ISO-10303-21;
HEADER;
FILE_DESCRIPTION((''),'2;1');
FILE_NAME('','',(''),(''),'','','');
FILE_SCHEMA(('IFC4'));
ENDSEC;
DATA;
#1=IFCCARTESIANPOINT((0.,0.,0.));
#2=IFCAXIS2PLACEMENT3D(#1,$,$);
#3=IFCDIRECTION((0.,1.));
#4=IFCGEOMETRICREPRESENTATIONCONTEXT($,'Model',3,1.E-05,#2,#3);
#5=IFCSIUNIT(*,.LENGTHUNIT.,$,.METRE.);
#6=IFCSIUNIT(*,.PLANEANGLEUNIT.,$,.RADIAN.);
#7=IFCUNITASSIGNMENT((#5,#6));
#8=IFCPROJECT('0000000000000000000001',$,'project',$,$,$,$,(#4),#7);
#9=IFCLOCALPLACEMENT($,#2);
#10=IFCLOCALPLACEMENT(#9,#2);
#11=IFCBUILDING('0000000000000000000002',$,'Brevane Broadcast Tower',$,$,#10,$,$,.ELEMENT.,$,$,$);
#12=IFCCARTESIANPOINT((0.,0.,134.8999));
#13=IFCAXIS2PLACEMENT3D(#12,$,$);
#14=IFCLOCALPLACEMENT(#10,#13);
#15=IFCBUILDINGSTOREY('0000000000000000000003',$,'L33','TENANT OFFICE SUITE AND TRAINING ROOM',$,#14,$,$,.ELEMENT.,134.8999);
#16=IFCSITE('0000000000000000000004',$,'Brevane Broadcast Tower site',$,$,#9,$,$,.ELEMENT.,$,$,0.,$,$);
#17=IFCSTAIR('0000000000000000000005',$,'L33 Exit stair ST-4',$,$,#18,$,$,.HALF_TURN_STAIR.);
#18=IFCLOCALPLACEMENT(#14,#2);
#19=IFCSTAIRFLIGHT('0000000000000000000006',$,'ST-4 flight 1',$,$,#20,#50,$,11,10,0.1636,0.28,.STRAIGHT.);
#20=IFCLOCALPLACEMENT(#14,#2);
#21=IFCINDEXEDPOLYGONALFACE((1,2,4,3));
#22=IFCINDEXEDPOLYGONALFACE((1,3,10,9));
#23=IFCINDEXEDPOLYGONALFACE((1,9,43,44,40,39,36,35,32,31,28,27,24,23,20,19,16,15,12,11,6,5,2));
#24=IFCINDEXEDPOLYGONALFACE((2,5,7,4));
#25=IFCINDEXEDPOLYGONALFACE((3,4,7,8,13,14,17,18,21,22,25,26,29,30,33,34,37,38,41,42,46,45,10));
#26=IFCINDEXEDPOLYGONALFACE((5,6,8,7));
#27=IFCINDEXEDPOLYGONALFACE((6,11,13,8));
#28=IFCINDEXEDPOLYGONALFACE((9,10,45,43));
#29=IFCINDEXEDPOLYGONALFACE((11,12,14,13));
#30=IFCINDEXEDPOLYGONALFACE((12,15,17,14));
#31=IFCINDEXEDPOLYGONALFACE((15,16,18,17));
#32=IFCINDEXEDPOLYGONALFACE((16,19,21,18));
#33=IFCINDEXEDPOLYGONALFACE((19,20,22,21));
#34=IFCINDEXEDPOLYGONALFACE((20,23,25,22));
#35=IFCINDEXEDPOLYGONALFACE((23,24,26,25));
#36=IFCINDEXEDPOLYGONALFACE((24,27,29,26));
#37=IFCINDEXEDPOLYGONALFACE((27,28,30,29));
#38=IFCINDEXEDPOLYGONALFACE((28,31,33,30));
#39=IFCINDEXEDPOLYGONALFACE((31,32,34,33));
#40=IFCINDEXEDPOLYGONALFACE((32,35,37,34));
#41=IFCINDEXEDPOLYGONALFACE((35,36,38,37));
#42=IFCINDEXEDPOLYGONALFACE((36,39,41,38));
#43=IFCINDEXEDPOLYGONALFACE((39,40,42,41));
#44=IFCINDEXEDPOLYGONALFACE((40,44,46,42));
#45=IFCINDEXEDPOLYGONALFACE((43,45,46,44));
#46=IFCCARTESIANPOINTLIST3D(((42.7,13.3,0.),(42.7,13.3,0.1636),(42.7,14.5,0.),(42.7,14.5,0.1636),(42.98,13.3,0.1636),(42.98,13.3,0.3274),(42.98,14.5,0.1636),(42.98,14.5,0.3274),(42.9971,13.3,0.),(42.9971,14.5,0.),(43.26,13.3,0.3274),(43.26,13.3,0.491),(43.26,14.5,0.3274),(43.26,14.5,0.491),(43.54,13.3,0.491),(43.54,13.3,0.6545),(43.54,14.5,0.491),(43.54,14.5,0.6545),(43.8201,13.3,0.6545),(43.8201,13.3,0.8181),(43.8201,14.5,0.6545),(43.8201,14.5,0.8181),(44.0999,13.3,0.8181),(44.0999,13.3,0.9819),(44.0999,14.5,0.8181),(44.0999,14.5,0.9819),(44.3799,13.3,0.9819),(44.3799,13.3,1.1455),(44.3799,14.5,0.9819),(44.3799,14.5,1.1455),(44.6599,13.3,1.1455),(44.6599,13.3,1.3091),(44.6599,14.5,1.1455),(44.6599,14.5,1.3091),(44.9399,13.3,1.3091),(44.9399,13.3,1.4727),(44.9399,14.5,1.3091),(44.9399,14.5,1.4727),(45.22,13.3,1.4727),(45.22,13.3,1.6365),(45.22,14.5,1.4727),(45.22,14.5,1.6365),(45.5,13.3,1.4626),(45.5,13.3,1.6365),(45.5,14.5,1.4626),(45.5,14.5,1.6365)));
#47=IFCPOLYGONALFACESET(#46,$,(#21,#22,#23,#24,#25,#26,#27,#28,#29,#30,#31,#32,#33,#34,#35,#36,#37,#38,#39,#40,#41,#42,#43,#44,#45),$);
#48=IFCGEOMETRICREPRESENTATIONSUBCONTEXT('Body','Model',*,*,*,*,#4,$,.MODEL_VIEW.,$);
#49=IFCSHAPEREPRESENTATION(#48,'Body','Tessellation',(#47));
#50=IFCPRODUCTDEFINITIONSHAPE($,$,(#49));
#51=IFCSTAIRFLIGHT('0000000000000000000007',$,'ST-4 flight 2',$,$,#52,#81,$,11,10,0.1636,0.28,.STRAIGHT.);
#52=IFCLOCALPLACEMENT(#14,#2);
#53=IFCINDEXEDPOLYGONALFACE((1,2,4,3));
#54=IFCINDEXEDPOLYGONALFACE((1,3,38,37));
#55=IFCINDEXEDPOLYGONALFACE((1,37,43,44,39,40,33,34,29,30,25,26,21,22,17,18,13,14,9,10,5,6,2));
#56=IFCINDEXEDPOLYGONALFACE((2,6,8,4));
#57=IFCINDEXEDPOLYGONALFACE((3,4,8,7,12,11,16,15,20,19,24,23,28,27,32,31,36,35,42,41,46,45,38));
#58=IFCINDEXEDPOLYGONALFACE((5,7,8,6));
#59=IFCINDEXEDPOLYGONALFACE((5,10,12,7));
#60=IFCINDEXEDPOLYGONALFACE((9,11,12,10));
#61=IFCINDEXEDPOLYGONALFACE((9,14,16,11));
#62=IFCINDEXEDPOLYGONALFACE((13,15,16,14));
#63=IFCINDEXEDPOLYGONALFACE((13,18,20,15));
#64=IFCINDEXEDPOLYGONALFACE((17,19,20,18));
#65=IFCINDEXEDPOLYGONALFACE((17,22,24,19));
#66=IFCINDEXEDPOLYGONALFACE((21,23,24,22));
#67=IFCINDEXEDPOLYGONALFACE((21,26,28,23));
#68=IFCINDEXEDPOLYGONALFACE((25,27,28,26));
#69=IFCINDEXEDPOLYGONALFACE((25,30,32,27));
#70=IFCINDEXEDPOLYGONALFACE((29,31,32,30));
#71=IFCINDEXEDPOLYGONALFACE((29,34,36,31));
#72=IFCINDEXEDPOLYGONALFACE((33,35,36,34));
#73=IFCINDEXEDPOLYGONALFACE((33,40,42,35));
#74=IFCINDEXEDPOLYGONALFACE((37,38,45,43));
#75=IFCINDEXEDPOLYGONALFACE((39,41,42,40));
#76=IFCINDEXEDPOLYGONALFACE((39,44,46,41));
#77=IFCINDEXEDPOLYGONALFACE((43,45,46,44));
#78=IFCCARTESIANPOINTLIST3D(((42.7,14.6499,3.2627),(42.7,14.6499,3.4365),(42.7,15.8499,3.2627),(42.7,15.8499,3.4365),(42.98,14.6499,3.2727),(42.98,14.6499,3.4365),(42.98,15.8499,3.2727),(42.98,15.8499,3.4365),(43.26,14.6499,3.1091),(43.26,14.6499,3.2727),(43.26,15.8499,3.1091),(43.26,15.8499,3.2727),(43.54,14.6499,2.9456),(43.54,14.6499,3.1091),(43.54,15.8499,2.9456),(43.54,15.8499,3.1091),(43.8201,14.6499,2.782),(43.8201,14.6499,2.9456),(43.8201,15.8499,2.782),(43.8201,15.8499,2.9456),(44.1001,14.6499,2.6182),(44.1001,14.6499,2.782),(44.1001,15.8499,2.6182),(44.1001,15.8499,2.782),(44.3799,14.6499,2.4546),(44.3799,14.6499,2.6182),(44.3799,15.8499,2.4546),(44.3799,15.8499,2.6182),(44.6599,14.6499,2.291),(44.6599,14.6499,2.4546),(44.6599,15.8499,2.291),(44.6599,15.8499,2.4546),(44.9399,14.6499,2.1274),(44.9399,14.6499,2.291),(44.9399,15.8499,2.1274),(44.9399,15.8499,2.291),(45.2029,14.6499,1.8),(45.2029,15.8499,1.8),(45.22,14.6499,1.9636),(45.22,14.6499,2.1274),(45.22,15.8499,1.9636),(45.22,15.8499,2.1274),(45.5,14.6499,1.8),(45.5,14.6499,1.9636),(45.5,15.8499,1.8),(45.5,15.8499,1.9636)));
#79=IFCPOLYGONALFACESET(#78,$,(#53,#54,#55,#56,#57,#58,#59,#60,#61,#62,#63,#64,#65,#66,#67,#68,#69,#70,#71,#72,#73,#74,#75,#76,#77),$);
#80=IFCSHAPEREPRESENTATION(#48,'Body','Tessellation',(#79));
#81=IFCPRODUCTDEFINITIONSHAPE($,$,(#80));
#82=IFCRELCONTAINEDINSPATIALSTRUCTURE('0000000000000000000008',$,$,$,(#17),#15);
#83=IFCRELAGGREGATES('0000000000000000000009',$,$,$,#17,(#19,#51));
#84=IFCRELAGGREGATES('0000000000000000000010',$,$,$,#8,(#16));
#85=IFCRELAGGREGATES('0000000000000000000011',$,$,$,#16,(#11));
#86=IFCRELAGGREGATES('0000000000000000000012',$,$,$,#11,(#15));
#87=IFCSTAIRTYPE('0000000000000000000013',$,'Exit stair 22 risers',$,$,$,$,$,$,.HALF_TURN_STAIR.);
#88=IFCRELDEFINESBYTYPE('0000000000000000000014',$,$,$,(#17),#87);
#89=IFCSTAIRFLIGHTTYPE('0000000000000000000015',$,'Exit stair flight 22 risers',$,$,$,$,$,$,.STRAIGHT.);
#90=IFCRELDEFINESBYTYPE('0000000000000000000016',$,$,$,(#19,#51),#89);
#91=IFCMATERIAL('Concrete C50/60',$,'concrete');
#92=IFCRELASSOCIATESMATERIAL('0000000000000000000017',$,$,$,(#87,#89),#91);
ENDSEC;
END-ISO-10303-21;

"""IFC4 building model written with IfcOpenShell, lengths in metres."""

from ifc_helpers import new_model, si_unit, direction, frame, origin, place, context, subcontext, project, spatial, polyline, outline, extrude, material, type_object, element, aggregate, save


model = new_model("IFC4")

# Units and contexts
model_context = context("Model", 3, precision=1e-05, world=origin(), true_north=direction((0.0, 1.0)))
body_context = subcontext(model_context, "Body", "Model", "MODEL_VIEW")
ifc_project = project(units=[si_unit("LENGTHUNIT", "METRE"), si_unit("PLANEANGLEUNIT", "RADIAN")], contexts=[model_context])

# Site, building, storey
site_placement = place(None, origin())
site = spatial("IfcSite", under=ifc_project, at=site_placement, Name="Brevane Broadcast Tower site", CompositionType="ELEMENT", RefElevation=0.0)
building_placement = place(site_placement, origin())
building = spatial("IfcBuilding", under=site, at=building_placement, Name="Brevane Broadcast Tower", CompositionType="ELEMENT")
storey_placement = place(building_placement, frame((0.0, 0.0, 134.8999)))
storey = spatial("IfcBuildingStorey", under=building, at=storey_placement, Name="L33", Description="TENANT OFFICE SUITE AND TRAINING ROOM", CompositionType="ELEMENT", Elevation=134.8999)

# Stair, stair flights
ifc_material_1 = material(Name="Concrete C50/60", Category="concrete")
stair_type = type_object("IfcStairType", Name="Exit stair 22 risers", PredefinedType="HALF_TURN_STAIR", material=ifc_material_1)
stair_placement = place(storey_placement, origin())
stair = element("IfcStair", 1, at=stair_placement, inside=storey, type_object=stair_type, Name="L33 Exit stair ST-4", PredefinedType="HALF_TURN_STAIR")
stair_flight_type = type_object("IfcStairFlightType", Name="Exit stair flight 22 risers", PredefinedType="STRAIGHT", material=ifc_material_1)
stair_flight_1_placement = place(storey_placement, frame((42.7, 13.8999, 0.0), z_axis=(0.0, 0.0, 1.0), x_axis=(1.0, 0.0, 0.0)))
stair_flight_1 = element("IfcStairFlight", 2, at=stair_flight_1_placement, type_object=stair_flight_type, Name="ST-4 flight 1", NumberOfRisers=11, NumberOfTreads=10, PredefinedType="STRAIGHT", RiserHeight=0.1636, TreadLength=0.28, context=body_context, shape_type="SweptSolid", body=[
    extrude(outline(polyline([(0.0, 0.0), (0.0, 0.1636), (0.28, 0.1636), (0.28, 0.3274), (0.5601, 0.3274), (0.5601, 0.491), (0.8401, 0.491), (0.8401, 0.6545), (1.1201, 0.6545), (1.1201, 0.8181), (1.3999, 0.8181), (1.3999, 0.9819), (1.6799, 0.9819), (1.6799, 1.1455), (1.96, 1.1455), (1.96, 1.3091), (2.24, 1.3091), (2.24, 1.4727), (2.52, 1.4727), (2.52, 1.6365), (2.8, 1.6365), (2.8, 1.8), (2.8, 1.4626), (0.2971, 0.0), (0.0, 0.0)])), frame((0.0, 0.6001, 0.0), z_axis=(0.0, -1.0, 0.0), x_axis=(1.0, 0.0, 0.0)), (0.0, 0.0, 1.0), 1.2),
])
stair_flight_2_placement = place(storey_placement, frame((45.5, 15.25, 1.8), z_axis=(0.0, 0.0, 1.0), x_axis=(-1.0, 0.0, 0.0)))
stair_flight_2 = element("IfcStairFlight", 3, at=stair_flight_2_placement, type_object=stair_flight_type, Name="ST-4 flight 2", NumberOfRisers=11, NumberOfTreads=10, PredefinedType="STRAIGHT", RiserHeight=0.1636, TreadLength=0.28, context=body_context, shape_type="SweptSolid", body=[
    extrude(outline(polyline([(0.0, 0.0), (0.0, 0.1636), (0.28, 0.1636), (0.28, 0.3274), (0.5601, 0.3274), (0.5601, 0.491), (0.8401, 0.491), (0.8401, 0.6545), (1.1201, 0.6545), (1.1201, 0.8181), (1.3999, 0.8181), (1.3999, 0.9819), (1.6799, 0.9819), (1.6799, 1.1455), (1.96, 1.1455), (1.96, 1.3091), (2.24, 1.3091), (2.24, 1.4727), (2.52, 1.4727), (2.52, 1.6365), (2.8, 1.6365), (2.8, 1.8), (2.8, 1.4626), (0.2971, 0.0), (0.0, 0.0)])), frame((0.0, 0.6001, 0.0), z_axis=(0.0, -1.0, 0.0), x_axis=(1.0, 0.0, 0.0)), (0.0, 0.0, 1.0), 1.2),
])
aggregate(stair, [stair_flight_1, stair_flight_2])

save(model, "model.ifc")
